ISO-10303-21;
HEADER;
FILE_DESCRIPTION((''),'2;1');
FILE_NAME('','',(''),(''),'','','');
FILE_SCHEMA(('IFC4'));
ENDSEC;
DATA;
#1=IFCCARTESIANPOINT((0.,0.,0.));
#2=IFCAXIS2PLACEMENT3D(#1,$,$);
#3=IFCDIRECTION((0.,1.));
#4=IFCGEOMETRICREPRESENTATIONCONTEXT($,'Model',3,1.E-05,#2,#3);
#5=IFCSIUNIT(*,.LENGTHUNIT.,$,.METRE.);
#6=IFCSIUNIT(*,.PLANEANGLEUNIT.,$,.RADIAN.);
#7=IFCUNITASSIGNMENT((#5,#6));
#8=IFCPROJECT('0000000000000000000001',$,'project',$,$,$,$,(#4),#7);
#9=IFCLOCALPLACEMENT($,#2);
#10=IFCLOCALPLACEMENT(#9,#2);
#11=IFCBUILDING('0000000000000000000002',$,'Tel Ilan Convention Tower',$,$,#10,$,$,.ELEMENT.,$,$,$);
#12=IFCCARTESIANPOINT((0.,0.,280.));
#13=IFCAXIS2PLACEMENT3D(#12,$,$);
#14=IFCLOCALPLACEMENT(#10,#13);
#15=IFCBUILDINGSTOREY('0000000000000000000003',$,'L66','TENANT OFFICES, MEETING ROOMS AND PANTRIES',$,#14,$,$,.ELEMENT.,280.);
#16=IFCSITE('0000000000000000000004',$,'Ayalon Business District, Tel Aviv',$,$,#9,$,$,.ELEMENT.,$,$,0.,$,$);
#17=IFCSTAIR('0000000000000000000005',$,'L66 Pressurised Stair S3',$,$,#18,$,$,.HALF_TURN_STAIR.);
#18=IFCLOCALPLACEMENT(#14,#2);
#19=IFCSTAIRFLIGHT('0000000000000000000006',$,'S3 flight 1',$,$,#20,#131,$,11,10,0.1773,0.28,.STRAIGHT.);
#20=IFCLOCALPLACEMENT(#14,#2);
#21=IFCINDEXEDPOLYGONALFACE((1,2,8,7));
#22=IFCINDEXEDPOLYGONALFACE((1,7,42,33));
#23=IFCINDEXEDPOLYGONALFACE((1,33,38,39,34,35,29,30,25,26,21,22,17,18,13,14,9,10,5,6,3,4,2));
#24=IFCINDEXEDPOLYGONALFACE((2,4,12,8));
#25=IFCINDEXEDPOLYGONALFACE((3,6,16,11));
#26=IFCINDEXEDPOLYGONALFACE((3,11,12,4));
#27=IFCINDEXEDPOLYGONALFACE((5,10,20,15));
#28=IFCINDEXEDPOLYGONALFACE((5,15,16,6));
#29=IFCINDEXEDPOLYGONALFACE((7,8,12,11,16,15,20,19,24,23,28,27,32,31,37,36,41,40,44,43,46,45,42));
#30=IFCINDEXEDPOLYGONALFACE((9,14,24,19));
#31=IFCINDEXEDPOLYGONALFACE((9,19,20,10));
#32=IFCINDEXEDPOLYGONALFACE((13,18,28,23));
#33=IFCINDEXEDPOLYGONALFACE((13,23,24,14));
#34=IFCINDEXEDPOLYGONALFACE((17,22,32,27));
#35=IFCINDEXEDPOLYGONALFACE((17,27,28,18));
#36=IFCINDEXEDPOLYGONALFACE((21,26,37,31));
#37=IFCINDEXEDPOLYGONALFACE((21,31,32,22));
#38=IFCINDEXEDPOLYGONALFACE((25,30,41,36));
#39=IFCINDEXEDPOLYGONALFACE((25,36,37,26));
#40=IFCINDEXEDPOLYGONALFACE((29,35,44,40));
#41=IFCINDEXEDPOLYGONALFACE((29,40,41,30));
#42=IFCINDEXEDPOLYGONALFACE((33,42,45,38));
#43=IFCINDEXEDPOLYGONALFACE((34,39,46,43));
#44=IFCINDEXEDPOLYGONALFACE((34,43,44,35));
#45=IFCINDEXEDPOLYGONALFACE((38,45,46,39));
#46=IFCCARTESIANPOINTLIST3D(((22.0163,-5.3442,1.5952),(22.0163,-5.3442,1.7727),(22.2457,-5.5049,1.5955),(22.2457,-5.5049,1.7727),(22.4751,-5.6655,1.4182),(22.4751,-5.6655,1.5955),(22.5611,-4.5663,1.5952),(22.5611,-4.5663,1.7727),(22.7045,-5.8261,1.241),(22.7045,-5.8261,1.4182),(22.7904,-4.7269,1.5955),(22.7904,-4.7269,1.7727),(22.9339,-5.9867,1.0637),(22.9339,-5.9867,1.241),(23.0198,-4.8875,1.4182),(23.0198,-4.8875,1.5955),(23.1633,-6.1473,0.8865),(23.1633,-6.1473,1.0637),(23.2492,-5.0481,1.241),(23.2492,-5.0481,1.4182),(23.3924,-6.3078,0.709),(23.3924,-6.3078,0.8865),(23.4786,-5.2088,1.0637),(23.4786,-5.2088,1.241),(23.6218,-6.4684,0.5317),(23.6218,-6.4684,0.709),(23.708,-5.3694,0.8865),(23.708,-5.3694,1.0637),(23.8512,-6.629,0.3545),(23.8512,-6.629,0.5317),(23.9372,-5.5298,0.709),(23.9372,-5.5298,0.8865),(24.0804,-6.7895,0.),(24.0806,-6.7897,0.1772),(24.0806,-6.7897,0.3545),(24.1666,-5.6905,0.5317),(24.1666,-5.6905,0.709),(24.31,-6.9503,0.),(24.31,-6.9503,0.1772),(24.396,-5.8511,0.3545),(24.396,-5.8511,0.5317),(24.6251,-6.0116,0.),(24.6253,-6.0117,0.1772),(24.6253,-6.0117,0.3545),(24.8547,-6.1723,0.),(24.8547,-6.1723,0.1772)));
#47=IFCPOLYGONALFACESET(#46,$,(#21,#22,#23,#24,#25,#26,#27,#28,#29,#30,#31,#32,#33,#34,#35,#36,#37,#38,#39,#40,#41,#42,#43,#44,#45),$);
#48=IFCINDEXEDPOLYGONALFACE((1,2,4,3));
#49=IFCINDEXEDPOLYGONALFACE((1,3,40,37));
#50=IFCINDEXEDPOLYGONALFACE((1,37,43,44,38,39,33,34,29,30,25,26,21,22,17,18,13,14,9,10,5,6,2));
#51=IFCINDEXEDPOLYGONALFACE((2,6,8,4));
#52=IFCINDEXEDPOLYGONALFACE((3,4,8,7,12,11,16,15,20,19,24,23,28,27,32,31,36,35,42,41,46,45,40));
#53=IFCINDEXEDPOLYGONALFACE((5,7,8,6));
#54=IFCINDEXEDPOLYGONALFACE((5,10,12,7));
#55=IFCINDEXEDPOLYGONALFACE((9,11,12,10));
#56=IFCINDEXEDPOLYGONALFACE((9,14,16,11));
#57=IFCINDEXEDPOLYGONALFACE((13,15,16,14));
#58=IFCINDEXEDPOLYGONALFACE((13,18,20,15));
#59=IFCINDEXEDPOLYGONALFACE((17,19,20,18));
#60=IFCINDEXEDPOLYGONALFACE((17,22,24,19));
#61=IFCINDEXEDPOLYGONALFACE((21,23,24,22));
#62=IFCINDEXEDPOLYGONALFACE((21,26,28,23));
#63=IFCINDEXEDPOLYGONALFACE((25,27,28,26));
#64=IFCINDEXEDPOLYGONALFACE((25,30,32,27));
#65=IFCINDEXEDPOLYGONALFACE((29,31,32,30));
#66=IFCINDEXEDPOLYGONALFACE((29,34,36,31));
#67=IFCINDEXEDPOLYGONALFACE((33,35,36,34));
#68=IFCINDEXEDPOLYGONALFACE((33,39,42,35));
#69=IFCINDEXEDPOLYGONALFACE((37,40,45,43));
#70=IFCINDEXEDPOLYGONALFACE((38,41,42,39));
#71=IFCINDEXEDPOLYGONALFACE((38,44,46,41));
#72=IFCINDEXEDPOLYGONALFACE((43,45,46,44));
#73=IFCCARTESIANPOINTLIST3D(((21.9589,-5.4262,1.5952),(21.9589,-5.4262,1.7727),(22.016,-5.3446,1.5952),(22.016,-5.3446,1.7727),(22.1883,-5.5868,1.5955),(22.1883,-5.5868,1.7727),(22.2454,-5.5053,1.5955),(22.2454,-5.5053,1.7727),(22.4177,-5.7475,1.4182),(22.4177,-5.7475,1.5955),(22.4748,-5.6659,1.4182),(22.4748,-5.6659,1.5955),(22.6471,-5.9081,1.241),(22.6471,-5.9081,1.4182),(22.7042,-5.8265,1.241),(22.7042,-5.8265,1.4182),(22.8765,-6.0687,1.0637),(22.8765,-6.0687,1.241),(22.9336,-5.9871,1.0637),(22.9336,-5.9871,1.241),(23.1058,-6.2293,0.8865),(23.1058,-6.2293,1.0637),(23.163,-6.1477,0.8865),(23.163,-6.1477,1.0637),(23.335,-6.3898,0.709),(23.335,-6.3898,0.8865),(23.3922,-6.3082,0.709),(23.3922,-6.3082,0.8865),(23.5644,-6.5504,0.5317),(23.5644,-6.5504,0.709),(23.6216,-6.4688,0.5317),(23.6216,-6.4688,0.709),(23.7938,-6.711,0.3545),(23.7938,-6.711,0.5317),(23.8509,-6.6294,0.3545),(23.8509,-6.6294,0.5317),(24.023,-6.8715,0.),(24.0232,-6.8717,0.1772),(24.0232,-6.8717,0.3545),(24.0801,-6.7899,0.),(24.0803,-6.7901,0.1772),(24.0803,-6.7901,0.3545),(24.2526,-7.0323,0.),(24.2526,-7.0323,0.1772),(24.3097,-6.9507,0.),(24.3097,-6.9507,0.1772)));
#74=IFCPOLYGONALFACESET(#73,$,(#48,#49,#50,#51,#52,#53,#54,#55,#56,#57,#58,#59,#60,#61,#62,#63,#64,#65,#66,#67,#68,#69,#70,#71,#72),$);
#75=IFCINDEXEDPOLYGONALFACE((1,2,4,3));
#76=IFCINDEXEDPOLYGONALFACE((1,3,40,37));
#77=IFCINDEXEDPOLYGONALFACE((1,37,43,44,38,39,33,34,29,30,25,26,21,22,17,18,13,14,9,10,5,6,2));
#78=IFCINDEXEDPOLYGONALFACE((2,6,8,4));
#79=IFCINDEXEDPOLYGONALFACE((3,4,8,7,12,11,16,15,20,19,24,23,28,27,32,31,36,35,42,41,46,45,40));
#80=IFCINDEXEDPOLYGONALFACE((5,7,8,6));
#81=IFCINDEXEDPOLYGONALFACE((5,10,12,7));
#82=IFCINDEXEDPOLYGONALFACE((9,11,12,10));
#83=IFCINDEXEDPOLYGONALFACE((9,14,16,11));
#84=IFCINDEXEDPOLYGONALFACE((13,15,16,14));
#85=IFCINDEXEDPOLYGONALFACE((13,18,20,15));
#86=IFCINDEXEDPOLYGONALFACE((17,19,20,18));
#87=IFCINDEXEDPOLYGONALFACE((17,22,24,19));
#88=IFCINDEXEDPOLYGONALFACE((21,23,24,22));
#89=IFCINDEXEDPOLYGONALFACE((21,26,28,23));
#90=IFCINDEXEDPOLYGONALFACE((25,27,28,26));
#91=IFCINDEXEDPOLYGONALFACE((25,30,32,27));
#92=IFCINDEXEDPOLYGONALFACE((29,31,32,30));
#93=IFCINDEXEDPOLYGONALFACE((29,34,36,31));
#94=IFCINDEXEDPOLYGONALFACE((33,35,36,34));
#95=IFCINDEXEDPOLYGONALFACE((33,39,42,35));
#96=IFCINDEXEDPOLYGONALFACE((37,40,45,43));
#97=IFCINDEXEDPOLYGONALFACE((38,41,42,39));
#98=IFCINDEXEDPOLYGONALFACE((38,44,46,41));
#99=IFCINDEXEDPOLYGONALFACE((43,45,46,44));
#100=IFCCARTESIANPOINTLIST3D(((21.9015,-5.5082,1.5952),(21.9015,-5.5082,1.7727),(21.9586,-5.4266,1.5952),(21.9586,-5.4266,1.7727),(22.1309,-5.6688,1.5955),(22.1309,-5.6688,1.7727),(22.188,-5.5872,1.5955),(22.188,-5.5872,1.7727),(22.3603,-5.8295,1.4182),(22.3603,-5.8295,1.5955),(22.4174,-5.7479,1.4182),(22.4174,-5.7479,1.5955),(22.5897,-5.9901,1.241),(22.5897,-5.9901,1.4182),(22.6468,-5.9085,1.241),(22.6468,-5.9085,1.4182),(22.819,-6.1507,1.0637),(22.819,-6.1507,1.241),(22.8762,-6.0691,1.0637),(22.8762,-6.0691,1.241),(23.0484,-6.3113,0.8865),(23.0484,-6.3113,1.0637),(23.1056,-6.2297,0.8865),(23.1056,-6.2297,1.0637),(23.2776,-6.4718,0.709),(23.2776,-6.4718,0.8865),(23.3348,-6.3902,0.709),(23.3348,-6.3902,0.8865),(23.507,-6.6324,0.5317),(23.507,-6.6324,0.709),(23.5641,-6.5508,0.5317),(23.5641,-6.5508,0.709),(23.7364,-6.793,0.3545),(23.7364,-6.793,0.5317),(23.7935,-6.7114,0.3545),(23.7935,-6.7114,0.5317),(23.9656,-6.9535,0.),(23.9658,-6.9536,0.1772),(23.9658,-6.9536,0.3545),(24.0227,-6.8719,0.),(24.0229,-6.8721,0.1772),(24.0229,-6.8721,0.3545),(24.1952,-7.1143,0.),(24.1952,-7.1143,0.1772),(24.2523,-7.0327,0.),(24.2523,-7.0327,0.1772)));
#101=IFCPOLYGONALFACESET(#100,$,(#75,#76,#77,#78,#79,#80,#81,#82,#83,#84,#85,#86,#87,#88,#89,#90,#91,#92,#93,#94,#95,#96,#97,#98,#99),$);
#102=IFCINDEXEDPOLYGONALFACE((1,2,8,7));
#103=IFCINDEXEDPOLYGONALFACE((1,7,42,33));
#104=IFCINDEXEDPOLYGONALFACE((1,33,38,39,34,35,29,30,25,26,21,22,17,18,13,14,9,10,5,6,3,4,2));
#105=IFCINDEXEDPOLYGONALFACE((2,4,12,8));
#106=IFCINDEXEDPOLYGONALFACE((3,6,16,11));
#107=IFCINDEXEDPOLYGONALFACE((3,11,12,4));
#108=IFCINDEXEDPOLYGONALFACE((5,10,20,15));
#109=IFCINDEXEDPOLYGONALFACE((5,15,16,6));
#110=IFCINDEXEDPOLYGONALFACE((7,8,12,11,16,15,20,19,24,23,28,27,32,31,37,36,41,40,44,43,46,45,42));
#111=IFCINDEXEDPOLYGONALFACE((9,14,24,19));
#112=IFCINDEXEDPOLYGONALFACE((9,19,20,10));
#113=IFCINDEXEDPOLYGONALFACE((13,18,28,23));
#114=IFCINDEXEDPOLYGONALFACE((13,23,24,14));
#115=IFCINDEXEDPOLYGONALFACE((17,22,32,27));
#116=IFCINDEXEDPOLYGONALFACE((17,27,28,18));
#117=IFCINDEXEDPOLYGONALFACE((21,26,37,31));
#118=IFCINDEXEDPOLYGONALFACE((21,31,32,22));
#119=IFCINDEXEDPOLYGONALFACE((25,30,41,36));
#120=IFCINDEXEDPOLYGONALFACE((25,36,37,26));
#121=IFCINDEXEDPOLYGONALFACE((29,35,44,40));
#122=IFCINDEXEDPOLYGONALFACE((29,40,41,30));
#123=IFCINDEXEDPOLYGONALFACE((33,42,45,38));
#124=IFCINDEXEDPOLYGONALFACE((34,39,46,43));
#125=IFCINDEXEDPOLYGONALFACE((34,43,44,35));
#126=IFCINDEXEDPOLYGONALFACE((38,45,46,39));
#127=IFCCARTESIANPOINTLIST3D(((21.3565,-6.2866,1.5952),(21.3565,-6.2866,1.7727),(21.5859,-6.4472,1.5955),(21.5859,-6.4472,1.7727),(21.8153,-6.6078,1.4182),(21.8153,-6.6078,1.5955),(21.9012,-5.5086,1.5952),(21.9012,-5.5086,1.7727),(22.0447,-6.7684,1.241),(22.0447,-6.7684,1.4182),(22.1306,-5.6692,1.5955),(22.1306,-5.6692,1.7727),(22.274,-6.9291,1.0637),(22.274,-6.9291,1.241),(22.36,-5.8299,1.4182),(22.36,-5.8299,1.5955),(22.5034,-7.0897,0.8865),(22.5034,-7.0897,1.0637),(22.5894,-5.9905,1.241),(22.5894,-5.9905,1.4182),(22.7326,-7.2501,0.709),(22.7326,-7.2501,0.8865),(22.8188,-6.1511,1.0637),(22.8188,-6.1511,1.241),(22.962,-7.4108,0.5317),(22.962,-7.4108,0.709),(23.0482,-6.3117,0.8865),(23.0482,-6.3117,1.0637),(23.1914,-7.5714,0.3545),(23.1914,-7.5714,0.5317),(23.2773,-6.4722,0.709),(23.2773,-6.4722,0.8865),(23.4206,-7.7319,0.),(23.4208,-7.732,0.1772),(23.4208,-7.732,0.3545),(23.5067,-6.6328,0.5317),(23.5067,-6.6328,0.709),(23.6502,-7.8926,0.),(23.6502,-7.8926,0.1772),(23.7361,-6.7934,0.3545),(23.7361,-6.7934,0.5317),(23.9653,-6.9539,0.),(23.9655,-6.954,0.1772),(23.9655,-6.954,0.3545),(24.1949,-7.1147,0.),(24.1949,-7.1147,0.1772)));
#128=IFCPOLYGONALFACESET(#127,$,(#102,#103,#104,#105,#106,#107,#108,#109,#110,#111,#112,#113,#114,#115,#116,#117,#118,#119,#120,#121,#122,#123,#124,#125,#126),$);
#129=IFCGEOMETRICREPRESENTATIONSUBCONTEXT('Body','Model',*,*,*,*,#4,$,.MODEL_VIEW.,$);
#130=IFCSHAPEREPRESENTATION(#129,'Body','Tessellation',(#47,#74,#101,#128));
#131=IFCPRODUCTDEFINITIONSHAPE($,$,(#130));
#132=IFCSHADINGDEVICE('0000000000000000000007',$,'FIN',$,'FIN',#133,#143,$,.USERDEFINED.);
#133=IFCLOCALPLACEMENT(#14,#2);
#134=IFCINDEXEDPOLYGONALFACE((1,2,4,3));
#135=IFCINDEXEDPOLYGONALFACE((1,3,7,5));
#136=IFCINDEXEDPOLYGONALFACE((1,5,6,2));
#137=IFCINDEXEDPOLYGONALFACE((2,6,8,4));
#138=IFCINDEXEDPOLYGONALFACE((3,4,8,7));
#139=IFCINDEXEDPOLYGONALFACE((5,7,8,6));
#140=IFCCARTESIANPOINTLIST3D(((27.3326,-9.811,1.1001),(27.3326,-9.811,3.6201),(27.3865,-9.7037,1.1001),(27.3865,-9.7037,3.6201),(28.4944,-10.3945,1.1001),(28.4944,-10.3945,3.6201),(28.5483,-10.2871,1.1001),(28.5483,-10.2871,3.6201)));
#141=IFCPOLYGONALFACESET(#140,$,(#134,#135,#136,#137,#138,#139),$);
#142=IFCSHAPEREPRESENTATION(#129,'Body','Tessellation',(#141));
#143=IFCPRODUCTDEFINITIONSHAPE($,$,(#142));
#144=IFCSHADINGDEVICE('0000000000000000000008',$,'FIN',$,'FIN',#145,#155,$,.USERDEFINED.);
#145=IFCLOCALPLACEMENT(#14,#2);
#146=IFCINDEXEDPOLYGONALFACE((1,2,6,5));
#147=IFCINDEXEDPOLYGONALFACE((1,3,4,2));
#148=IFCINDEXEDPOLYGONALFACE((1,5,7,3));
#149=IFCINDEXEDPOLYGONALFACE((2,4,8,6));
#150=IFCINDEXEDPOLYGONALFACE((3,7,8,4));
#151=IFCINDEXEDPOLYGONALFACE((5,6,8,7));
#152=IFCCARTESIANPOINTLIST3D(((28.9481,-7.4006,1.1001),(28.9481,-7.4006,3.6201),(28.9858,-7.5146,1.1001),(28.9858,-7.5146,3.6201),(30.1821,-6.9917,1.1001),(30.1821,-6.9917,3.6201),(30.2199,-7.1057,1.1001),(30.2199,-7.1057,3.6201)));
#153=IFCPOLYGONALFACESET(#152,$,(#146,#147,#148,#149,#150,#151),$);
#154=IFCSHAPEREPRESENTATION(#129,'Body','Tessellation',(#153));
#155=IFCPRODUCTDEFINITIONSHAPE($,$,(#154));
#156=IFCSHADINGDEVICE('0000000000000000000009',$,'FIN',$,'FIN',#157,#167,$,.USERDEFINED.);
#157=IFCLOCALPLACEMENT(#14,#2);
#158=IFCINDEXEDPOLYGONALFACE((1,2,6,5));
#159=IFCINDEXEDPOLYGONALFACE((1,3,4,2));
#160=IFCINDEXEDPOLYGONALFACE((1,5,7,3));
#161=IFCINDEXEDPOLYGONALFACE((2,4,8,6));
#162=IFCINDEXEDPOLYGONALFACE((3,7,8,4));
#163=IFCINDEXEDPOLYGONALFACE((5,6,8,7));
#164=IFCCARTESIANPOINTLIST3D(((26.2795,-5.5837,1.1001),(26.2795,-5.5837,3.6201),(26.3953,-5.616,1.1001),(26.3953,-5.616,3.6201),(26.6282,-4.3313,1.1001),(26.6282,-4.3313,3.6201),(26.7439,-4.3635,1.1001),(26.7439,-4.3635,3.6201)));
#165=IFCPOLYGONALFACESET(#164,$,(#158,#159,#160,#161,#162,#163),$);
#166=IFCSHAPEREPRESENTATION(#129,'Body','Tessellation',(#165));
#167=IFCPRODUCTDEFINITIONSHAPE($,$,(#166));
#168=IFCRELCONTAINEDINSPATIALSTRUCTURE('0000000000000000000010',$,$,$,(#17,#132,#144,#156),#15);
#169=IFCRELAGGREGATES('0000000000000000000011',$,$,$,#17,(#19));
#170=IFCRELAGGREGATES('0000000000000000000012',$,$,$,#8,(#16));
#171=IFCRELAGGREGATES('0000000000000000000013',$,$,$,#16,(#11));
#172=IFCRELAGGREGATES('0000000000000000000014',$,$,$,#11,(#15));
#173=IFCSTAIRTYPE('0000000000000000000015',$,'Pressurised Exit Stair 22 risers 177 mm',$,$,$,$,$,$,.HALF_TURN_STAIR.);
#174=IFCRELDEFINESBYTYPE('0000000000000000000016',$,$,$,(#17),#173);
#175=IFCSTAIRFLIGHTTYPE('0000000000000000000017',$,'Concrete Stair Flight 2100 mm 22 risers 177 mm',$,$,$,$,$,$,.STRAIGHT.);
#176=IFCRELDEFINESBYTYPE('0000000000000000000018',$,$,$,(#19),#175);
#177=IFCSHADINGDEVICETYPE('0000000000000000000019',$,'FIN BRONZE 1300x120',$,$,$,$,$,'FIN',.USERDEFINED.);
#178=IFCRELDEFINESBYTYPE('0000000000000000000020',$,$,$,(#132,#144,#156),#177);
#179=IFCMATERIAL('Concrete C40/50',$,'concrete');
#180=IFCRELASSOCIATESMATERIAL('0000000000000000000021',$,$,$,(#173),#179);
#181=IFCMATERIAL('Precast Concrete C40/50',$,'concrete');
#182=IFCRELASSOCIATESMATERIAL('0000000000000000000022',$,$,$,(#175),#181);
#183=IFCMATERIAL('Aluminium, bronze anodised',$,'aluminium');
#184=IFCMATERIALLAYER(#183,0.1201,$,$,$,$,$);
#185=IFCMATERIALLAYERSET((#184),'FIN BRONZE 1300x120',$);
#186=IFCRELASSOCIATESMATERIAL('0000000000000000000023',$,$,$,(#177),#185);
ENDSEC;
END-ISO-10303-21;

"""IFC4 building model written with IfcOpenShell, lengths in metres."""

from ifc_helpers import new_model, si_unit, direction, frame, origin, origin_2d, place, context, subcontext, project, spatial, polyline, rectangle, outline, extrude, material, layer, layer_set, type_object, element, aggregate, save


model = new_model("IFC4")

# Units and contexts
model_context = context("Model", 3, precision=1e-05, world=origin(), true_north=direction((0.0, 1.0)))
body_context = subcontext(model_context, "Body", "Model", "MODEL_VIEW")
ifc_project = project(units=[si_unit("LENGTHUNIT", "METRE"), si_unit("PLANEANGLEUNIT", "RADIAN")], contexts=[model_context])

# Site, building, storey
site_placement = place(None, origin())
site = spatial("IfcSite", under=ifc_project, at=site_placement, Name="Ayalon Business District, Tel Aviv", CompositionType="ELEMENT", RefElevation=0.0)
building_placement = place(site_placement, origin())
building = spatial("IfcBuilding", under=site, at=building_placement, Name="Tel Ilan Convention Tower", CompositionType="ELEMENT")
storey_placement = place(building_placement, frame((0.0, 0.0, 280.0)))
storey = spatial("IfcBuildingStorey", under=building, at=storey_placement, Name="L66", Description="TENANT OFFICES, MEETING ROOMS AND PANTRIES", CompositionType="ELEMENT", Elevation=280.0)

# Stair, stair flight
ifc_material_1 = material(Name="Concrete C40/50", Category="concrete")
stair_type = type_object("IfcStairType", Name="Pressurised Exit Stair 22 risers 177 mm", PredefinedType="HALF_TURN_STAIR", material=ifc_material_1)
stair_placement = place(storey_placement, origin())
stair = element("IfcStair", 1, at=stair_placement, inside=storey, type_object=stair_type, Name="L66 Pressurised Stair S3", PredefinedType="HALF_TURN_STAIR")
ifc_material_2 = material(Name="Precast Concrete C40/50", Category="concrete")
stair_flight_type = type_object("IfcStairFlightType", Name="Concrete Stair Flight 2100 mm 22 risers 177 mm", PredefinedType="STRAIGHT", material=ifc_material_2)
stair_flight_placement = place(storey_placement, frame((24.2524, -7.0325, 0.0), z_axis=(0.0, 0.0, 1.0), x_axis=(-0.819152, 0.573576, 0.0)))
stair_flight = element("IfcStairFlight", 2, at=stair_flight_placement, type_object=stair_flight_type, Name="S3 flight 1", NumberOfRisers=11, NumberOfTreads=10, PredefinedType="STRAIGHT", RiserHeight=0.1773, TreadLength=0.28, context=body_context, shape_type="SweptSolid", body=[
    extrude(outline(polyline([(0.0, 0.0), (0.0, 0.1772), (0.28, 0.1772), (0.28, 0.3545), (0.5601, 0.3545), (0.5601, 0.5317), (0.8401, 0.5317), (0.8401, 0.709), (1.1201, 0.709), (1.1201, 0.8865), (1.3999, 0.8865), (1.3999, 1.0637), (1.6799, 1.0637), (1.6799, 1.241), (1.96, 1.241), (1.96, 1.4182), (2.24, 1.4182), (2.24, 1.5955), (2.52, 1.5955), (2.52, 1.7727), (2.8, 1.7727), (2.8, 1.95), (2.8, 1.5952), (0.2803, 0.0), (0.0, 0.0)])), frame((0.0, -0.1003, 0.0), z_axis=(0.0, -1.0, 0.0), x_axis=(1.0, 0.0, 0.0)), (0.0, 0.0, 1.0), 0.9497),
    extrude(outline(polyline([(0.0, 0.0), (0.0, 0.1772), (0.28, 0.1772), (0.28, 0.3545), (0.5601, 0.3545), (0.5601, 0.5317), (0.8401, 0.5317), (0.8401, 0.709), (1.1201, 0.709), (1.1201, 0.8865), (1.3999, 0.8865), (1.3999, 1.0637), (1.6799, 1.0637), (1.6799, 1.241), (1.96, 1.241), (1.96, 1.4182), (2.24, 1.4182), (2.24, 1.5955), (2.52, 1.5955), (2.52, 1.7727), (2.8, 1.7727), (2.8, 1.95), (2.8, 1.5952), (0.2803, 0.0), (0.0, 0.0)])), frame((0.0, -0.0002, 0.0), z_axis=(0.0, -1.0, 0.0), x_axis=(1.0, 0.0, 0.0)), (0.0, 0.0, 1.0), 0.0996),
    extrude(outline(polyline([(0.0, 0.0), (0.0, 0.1772), (0.28, 0.1772), (0.28, 0.3545), (0.5601, 0.3545), (0.5601, 0.5317), (0.8401, 0.5317), (0.8401, 0.709), (1.1201, 0.709), (1.1201, 0.8865), (1.3999, 0.8865), (1.3999, 1.0637), (1.6799, 1.0637), (1.6799, 1.241), (1.96, 1.241), (1.96, 1.4182), (2.24, 1.4182), (2.24, 1.5955), (2.52, 1.5955), (2.52, 1.7727), (2.8, 1.7727), (2.8, 1.95), (2.8, 1.5952), (0.2803, 0.0), (0.0, 0.0)])), frame((0.0, 0.0999, 0.0), z_axis=(0.0, -1.0, 0.0), x_axis=(1.0, 0.0, 0.0)), (0.0, 0.0, 1.0), 0.0996),
    extrude(outline(polyline([(0.0, 0.0), (0.0, 0.1772), (0.28, 0.1772), (0.28, 0.3545), (0.5601, 0.3545), (0.5601, 0.5317), (0.8401, 0.5317), (0.8401, 0.709), (1.1201, 0.709), (1.1201, 0.8865), (1.3999, 0.8865), (1.3999, 1.0637), (1.6799, 1.0637), (1.6799, 1.241), (1.96, 1.241), (1.96, 1.4182), (2.24, 1.4182), (2.24, 1.5955), (2.52, 1.5955), (2.52, 1.7727), (2.8, 1.7727), (2.8, 1.95), (2.8, 1.5952), (0.2803, 0.0), (0.0, 0.0)])), frame((0.0, 1.05, 0.0), z_axis=(0.0, -1.0, 0.0), x_axis=(1.0, 0.0, 0.0)), (0.0, 0.0, 1.0), 0.9497),
])
aggregate(stair, [stair_flight])

# Shading devices
ifc_material_3 = material(Name="Aluminium, bronze anodised", Category="aluminium")
ifc_layer_1 = layer(ifc_material_3, 0.1201)
ifc_layer_set_1 = layer_set([ifc_layer_1], Name="FIN BRONZE 1300x120")
shading_device_type = type_object("IfcShadingDeviceType", Name="FIN BRONZE 1300x120", ElementType="FIN", PredefinedType="USERDEFINED", material=ifc_layer_set_1)
for number, where, z_axis, x_axis, name in (
    (3, (27.9404, -10.0491, 1.1001), (0.0, 0.0, 1.0), (0.893633, -0.448799, 0.0), "FIN"),
    (4, (29.584, -7.2532, 1.1001), (0.0, 0.0, 1.0), (0.949243, 0.314545, 0.0), "FIN"),
    (5, (26.5117, -4.9736, 1.1001), (0.0, 0.0, 1.0), (0.268173, 0.963371, 0.0), "FIN"),
):
    element("IfcShadingDevice", number, at=place(storey_placement, frame(where, z_axis=z_axis, x_axis=x_axis)), inside=storey, type_object=shading_device_type, Name=name, ObjectType="FIN", PredefinedType="USERDEFINED", context=body_context, shape_type="SweptSolid", body=[
        extrude(rectangle(XDim=1.3, YDim=0.1201, at=origin_2d()), origin(), (0.0, 0.0, 1.0), 2.52),
    ])

save(model, "model.ifc")
